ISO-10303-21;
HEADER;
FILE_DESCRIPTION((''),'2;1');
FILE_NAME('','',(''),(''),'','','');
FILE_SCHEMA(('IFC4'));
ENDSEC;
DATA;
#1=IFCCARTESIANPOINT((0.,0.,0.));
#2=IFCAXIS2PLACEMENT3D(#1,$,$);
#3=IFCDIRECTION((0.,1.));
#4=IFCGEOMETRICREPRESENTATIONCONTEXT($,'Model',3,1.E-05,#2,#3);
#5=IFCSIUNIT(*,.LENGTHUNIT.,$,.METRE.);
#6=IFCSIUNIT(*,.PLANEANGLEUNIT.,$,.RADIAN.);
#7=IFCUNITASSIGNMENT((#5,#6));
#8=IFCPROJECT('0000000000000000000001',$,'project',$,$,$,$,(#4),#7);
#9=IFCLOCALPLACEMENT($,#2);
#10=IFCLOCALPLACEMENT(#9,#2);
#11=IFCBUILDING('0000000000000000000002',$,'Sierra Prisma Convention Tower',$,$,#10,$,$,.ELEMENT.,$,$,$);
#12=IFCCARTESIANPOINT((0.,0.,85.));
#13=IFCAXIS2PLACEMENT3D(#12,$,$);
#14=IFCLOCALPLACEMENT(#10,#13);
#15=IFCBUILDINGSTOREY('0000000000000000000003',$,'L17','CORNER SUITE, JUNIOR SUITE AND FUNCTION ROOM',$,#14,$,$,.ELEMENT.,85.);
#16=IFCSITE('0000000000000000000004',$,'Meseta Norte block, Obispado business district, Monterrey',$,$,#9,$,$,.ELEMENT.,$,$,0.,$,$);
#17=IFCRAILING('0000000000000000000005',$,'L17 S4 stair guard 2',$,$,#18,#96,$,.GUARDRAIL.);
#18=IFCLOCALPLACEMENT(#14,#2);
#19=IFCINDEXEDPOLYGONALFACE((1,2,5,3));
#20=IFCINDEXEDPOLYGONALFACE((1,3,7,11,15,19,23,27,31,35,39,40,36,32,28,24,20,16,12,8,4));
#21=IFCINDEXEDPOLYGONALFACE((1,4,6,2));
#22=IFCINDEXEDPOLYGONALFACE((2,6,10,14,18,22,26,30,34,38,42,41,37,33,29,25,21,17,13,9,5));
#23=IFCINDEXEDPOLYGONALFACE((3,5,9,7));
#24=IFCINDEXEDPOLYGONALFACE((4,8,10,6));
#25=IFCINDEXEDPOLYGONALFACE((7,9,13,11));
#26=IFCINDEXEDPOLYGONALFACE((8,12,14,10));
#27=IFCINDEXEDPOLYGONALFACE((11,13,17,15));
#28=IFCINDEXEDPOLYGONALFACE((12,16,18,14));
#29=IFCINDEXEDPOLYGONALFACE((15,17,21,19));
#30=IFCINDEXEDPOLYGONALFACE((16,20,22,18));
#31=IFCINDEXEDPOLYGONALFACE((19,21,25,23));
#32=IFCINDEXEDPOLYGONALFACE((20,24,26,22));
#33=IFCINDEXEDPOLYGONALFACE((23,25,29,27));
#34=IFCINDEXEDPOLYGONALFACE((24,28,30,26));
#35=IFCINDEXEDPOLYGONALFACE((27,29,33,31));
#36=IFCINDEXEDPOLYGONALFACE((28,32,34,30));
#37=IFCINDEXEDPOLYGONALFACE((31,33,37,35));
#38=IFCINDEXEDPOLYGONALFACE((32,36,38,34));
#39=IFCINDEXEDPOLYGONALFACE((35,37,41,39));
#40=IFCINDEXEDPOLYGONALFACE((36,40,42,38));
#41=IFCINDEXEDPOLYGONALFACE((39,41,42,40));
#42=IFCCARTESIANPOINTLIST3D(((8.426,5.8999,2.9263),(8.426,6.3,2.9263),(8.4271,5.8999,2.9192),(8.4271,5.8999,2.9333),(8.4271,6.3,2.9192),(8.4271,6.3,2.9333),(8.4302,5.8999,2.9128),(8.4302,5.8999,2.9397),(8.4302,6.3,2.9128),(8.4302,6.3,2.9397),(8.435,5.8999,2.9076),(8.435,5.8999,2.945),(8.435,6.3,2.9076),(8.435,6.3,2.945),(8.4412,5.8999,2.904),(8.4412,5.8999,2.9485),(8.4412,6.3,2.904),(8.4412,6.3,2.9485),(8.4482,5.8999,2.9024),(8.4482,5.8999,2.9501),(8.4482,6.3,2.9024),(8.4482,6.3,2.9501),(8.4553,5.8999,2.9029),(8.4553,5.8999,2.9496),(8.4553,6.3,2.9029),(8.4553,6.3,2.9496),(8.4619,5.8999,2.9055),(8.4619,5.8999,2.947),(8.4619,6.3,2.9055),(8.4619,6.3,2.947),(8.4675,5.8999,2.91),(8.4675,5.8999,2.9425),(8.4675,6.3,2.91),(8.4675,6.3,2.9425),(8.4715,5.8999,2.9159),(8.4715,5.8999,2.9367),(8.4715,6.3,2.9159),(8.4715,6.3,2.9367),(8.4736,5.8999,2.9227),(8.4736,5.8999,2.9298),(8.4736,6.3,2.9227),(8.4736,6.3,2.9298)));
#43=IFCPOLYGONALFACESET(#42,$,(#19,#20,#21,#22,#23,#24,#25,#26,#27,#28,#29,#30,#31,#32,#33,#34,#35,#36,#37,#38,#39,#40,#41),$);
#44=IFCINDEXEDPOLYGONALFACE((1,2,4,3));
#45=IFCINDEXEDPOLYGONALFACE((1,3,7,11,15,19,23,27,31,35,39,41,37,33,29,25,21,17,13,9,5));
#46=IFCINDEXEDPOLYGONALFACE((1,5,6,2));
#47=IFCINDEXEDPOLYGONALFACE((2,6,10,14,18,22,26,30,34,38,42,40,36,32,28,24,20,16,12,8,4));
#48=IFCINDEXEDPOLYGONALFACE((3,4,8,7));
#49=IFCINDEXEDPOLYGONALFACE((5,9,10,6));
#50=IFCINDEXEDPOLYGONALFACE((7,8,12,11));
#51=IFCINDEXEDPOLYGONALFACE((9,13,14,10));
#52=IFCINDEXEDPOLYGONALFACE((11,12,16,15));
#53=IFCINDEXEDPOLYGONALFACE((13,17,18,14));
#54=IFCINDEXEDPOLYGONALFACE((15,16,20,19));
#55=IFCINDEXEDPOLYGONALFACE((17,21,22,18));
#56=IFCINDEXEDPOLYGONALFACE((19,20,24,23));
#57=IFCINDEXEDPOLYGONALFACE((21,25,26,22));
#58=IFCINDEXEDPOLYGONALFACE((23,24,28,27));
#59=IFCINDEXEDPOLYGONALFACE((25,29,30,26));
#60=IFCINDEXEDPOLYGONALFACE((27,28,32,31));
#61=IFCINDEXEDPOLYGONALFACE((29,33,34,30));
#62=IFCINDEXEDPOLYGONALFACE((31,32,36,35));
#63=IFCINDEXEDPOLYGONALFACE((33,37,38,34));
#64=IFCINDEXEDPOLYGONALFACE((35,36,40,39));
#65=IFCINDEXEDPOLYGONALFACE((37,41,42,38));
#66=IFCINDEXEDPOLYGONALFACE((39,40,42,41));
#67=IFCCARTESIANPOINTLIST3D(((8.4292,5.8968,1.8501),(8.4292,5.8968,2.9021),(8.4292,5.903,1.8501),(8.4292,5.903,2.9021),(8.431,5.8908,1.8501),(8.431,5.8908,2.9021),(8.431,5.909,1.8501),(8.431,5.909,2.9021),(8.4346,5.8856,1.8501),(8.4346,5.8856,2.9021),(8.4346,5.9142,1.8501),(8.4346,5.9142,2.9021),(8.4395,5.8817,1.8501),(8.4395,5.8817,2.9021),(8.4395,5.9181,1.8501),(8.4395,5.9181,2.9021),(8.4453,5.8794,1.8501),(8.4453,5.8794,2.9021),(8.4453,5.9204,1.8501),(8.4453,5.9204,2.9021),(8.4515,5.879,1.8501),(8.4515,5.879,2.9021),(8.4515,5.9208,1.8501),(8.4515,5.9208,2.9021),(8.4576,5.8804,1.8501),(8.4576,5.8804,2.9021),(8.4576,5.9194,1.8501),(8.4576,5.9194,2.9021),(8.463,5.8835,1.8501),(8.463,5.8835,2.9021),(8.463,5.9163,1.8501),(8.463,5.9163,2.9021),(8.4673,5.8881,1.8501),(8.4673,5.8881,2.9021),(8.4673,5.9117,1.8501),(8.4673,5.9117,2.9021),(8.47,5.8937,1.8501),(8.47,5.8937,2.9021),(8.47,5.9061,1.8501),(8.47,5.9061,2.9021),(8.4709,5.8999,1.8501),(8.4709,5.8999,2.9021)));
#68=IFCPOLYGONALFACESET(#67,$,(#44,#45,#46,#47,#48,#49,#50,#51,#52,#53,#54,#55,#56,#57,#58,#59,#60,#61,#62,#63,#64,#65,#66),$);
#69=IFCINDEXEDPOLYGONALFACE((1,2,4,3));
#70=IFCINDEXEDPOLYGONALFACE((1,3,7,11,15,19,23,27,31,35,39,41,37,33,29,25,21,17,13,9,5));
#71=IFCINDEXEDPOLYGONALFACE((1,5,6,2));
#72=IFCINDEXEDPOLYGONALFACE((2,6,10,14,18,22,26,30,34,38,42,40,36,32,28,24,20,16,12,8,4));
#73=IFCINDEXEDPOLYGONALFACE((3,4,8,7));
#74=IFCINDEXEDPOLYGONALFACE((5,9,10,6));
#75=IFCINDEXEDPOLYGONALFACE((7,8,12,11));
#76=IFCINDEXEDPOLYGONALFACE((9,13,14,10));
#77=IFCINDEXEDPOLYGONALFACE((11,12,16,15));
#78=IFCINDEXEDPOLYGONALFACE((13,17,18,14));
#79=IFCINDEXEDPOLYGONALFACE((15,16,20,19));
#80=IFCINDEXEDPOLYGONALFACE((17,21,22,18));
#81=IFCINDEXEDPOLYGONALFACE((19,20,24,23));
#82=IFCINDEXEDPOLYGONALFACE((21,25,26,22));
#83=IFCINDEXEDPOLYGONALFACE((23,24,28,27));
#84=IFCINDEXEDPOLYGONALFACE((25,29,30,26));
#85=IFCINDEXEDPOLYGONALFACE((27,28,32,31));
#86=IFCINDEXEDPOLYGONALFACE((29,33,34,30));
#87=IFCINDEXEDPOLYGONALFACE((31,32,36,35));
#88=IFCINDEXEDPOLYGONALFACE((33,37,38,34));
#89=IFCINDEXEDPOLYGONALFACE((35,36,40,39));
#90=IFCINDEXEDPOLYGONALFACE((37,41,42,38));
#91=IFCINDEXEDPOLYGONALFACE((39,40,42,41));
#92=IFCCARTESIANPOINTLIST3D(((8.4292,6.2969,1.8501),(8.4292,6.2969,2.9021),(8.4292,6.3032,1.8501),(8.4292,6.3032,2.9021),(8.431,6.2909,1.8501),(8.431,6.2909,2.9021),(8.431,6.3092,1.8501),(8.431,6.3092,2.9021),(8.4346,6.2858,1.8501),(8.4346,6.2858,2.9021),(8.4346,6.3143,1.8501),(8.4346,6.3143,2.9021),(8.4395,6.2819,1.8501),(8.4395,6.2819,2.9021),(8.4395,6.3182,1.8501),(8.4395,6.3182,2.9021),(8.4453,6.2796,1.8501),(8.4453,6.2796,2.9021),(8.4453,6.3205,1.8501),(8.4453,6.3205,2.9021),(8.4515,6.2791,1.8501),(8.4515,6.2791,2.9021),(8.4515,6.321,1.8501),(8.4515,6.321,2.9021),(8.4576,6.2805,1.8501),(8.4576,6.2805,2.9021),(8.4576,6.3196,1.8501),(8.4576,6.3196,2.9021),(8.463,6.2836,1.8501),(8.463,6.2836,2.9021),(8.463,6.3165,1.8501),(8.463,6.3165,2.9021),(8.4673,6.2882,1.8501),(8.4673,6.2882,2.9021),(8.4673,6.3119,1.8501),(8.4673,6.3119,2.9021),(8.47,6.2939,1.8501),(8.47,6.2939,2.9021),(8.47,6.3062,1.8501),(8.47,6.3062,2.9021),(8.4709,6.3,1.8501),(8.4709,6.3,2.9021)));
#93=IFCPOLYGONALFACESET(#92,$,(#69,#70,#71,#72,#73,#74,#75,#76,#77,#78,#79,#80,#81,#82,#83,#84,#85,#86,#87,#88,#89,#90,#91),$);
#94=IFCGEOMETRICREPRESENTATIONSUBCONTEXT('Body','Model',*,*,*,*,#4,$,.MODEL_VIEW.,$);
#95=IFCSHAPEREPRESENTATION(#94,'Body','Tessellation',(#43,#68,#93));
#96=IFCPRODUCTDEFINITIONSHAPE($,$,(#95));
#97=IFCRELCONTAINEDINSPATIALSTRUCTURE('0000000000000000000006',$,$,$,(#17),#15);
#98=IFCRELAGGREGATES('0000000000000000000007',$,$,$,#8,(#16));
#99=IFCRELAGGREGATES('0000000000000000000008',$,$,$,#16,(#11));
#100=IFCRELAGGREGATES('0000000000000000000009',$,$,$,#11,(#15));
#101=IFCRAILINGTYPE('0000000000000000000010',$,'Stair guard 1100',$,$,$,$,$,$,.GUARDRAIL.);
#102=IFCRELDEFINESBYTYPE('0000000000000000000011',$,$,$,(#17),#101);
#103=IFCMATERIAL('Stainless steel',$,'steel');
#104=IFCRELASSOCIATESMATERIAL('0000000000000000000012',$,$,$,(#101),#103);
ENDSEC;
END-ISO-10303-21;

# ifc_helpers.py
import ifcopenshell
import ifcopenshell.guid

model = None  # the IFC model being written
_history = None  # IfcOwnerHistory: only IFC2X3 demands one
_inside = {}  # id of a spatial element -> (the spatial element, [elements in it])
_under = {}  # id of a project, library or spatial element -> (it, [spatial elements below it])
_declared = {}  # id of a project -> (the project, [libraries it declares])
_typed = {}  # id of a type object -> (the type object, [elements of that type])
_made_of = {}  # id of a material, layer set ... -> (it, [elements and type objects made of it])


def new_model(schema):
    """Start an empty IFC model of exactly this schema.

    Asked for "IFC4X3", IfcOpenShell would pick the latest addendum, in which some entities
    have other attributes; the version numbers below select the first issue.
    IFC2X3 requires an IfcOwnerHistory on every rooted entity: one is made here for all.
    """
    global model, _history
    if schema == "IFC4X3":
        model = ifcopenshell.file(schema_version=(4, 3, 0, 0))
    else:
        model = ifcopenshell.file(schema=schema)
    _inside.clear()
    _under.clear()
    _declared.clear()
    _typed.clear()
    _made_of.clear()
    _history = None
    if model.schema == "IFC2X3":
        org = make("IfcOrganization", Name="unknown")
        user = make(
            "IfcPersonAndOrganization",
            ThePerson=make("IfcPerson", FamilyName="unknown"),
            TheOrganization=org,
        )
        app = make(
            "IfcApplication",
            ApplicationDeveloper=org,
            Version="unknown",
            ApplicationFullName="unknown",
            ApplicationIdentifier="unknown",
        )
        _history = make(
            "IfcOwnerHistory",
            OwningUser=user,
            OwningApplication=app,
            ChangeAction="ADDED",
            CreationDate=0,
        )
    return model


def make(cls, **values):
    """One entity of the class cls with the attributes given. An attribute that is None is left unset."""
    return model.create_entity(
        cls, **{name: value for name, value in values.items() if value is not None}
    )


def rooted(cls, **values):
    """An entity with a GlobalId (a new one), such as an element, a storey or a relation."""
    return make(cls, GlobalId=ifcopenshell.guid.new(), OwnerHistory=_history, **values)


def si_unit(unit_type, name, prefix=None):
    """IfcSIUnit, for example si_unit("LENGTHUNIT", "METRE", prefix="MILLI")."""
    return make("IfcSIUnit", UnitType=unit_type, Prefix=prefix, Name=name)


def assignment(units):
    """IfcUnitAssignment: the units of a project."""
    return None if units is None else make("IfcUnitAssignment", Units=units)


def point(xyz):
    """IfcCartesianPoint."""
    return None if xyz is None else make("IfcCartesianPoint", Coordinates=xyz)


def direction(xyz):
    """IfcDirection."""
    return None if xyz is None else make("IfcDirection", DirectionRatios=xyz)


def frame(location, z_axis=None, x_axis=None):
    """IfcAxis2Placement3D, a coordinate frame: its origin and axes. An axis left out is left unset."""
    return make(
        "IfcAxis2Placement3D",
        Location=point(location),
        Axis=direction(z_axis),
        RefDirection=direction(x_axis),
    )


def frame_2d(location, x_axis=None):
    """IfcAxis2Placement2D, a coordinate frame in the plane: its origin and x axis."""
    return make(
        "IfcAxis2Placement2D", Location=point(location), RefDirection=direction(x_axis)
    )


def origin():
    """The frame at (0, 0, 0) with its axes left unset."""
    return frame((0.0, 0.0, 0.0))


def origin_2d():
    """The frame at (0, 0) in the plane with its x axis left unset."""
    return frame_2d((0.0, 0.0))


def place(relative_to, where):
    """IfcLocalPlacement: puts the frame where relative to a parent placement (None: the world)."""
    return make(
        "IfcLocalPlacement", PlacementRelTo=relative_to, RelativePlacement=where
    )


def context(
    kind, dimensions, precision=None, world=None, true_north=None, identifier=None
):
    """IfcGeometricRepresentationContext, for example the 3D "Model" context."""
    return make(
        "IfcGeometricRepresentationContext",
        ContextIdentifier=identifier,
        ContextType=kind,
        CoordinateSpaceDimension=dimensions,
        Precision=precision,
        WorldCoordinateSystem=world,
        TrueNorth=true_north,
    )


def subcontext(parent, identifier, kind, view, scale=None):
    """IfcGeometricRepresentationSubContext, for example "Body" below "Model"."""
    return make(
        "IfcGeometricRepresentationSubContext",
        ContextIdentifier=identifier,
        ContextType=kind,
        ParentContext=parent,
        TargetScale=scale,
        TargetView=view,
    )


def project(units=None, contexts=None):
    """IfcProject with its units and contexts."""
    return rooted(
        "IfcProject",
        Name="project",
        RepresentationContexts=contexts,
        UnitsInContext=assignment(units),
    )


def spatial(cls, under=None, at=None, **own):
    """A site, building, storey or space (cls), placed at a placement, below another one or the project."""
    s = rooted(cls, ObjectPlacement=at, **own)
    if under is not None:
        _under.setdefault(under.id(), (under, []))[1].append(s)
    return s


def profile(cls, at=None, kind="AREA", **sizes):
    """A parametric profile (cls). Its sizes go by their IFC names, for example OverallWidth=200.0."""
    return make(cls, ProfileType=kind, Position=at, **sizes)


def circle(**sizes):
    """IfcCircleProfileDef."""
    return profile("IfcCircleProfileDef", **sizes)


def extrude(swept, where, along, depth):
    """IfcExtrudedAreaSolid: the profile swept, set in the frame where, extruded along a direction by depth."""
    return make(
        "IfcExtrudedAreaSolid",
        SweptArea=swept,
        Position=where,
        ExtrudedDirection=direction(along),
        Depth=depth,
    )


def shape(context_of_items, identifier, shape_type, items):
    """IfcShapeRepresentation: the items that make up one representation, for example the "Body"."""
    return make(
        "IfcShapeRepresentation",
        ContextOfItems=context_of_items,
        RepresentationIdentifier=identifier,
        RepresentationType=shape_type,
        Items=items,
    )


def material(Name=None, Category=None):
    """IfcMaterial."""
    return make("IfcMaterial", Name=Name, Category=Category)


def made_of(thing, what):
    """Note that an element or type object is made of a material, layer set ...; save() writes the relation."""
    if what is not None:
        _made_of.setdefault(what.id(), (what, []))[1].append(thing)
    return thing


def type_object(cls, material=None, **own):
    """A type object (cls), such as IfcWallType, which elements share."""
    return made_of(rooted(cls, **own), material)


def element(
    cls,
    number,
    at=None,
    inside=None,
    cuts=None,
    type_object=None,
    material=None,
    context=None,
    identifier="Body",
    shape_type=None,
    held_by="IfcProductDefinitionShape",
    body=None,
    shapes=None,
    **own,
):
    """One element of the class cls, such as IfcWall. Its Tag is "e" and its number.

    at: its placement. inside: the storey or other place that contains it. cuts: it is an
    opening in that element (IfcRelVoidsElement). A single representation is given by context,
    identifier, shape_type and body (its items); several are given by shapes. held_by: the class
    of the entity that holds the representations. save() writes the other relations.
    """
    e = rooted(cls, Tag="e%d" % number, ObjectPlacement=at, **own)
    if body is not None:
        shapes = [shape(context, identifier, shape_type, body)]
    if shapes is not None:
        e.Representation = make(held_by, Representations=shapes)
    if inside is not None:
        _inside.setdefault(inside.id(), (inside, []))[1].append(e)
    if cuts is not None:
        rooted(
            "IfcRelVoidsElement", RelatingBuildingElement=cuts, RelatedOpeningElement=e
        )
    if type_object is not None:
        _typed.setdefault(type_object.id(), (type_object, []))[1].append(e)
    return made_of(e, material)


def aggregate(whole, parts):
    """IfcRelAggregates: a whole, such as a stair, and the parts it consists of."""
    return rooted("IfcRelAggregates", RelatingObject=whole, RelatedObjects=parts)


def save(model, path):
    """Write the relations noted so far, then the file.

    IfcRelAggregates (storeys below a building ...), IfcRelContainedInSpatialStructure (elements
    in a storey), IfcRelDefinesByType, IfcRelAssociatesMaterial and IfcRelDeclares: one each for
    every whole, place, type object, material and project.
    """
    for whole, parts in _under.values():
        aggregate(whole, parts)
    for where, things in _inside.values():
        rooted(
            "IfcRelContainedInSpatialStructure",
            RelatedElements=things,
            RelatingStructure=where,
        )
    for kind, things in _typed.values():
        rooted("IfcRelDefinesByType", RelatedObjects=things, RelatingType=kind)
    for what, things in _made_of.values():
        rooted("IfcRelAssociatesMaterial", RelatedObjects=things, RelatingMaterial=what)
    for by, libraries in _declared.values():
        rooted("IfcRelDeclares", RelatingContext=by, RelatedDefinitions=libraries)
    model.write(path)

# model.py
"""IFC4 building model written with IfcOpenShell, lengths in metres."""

from ifc_helpers import new_model, si_unit, direction, frame, origin, origin_2d, place, context, subcontext, project, spatial, circle, extrude, material, type_object, element, save


model = new_model("IFC4")

# Units and contexts
model_context = context("Model", 3, precision=1e-05, world=origin(), true_north=direction((0.0, 1.0)))
body_context = subcontext(model_context, "Body", "Model", "MODEL_VIEW")
ifc_project = project(units=[si_unit("LENGTHUNIT", "METRE"), si_unit("PLANEANGLEUNIT", "RADIAN")], contexts=[model_context])

# Site, building, storey
site_placement = place(None, origin())
site = spatial("IfcSite", under=ifc_project, at=site_placement, Name="Meseta Norte block, Obispado business district, Monterrey", CompositionType="ELEMENT", RefElevation=0.0)
building_placement = place(site_placement, origin())
building = spatial("IfcBuilding", under=site, at=building_placement, Name="Sierra Prisma Convention Tower", CompositionType="ELEMENT")
storey_placement = place(building_placement, frame((0.0, 0.0, 85.0)))
storey = spatial("IfcBuildingStorey", under=building, at=storey_placement, Name="L17", Description="CORNER SUITE, JUNIOR SUITE AND FUNCTION ROOM", CompositionType="ELEMENT", Elevation=85.0)

# Railing
ifc_material_1 = material(Name="Stainless steel", Category="steel")
railing_type_1 = type_object("IfcRailingType", Name="Stair guard 1100", PredefinedType="GUARDRAIL", material=ifc_material_1)
railing_1_placement = place(storey_placement, frame((8.45, 5.8999, 1.8501)))
element("IfcRailing", 1, at=railing_1_placement, inside=storey, type_object=railing_type_1, Name="L17 S4 stair guard 2", PredefinedType="GUARDRAIL", context=body_context, shape_type="SweptSolid", body=[
    extrude(circle(Radius=0.0239, at=origin_2d()), frame((0.0, 0.0, 1.0762), z_axis=(0.0, 1.0, 0.0), x_axis=(-1.0, 0.0, 0.0)), (0.0, 0.0, 1.0), 0.4001),
    extrude(circle(Radius=0.021, at=origin_2d()), origin(), (0.0, 0.0, 1.0), 1.052),
    extrude(circle(Radius=0.021, at=origin_2d()), frame((0.0, 0.4001, 0.0)), (0.0, 0.0, 1.0), 1.052),
])

save(model, "model.ifc")
